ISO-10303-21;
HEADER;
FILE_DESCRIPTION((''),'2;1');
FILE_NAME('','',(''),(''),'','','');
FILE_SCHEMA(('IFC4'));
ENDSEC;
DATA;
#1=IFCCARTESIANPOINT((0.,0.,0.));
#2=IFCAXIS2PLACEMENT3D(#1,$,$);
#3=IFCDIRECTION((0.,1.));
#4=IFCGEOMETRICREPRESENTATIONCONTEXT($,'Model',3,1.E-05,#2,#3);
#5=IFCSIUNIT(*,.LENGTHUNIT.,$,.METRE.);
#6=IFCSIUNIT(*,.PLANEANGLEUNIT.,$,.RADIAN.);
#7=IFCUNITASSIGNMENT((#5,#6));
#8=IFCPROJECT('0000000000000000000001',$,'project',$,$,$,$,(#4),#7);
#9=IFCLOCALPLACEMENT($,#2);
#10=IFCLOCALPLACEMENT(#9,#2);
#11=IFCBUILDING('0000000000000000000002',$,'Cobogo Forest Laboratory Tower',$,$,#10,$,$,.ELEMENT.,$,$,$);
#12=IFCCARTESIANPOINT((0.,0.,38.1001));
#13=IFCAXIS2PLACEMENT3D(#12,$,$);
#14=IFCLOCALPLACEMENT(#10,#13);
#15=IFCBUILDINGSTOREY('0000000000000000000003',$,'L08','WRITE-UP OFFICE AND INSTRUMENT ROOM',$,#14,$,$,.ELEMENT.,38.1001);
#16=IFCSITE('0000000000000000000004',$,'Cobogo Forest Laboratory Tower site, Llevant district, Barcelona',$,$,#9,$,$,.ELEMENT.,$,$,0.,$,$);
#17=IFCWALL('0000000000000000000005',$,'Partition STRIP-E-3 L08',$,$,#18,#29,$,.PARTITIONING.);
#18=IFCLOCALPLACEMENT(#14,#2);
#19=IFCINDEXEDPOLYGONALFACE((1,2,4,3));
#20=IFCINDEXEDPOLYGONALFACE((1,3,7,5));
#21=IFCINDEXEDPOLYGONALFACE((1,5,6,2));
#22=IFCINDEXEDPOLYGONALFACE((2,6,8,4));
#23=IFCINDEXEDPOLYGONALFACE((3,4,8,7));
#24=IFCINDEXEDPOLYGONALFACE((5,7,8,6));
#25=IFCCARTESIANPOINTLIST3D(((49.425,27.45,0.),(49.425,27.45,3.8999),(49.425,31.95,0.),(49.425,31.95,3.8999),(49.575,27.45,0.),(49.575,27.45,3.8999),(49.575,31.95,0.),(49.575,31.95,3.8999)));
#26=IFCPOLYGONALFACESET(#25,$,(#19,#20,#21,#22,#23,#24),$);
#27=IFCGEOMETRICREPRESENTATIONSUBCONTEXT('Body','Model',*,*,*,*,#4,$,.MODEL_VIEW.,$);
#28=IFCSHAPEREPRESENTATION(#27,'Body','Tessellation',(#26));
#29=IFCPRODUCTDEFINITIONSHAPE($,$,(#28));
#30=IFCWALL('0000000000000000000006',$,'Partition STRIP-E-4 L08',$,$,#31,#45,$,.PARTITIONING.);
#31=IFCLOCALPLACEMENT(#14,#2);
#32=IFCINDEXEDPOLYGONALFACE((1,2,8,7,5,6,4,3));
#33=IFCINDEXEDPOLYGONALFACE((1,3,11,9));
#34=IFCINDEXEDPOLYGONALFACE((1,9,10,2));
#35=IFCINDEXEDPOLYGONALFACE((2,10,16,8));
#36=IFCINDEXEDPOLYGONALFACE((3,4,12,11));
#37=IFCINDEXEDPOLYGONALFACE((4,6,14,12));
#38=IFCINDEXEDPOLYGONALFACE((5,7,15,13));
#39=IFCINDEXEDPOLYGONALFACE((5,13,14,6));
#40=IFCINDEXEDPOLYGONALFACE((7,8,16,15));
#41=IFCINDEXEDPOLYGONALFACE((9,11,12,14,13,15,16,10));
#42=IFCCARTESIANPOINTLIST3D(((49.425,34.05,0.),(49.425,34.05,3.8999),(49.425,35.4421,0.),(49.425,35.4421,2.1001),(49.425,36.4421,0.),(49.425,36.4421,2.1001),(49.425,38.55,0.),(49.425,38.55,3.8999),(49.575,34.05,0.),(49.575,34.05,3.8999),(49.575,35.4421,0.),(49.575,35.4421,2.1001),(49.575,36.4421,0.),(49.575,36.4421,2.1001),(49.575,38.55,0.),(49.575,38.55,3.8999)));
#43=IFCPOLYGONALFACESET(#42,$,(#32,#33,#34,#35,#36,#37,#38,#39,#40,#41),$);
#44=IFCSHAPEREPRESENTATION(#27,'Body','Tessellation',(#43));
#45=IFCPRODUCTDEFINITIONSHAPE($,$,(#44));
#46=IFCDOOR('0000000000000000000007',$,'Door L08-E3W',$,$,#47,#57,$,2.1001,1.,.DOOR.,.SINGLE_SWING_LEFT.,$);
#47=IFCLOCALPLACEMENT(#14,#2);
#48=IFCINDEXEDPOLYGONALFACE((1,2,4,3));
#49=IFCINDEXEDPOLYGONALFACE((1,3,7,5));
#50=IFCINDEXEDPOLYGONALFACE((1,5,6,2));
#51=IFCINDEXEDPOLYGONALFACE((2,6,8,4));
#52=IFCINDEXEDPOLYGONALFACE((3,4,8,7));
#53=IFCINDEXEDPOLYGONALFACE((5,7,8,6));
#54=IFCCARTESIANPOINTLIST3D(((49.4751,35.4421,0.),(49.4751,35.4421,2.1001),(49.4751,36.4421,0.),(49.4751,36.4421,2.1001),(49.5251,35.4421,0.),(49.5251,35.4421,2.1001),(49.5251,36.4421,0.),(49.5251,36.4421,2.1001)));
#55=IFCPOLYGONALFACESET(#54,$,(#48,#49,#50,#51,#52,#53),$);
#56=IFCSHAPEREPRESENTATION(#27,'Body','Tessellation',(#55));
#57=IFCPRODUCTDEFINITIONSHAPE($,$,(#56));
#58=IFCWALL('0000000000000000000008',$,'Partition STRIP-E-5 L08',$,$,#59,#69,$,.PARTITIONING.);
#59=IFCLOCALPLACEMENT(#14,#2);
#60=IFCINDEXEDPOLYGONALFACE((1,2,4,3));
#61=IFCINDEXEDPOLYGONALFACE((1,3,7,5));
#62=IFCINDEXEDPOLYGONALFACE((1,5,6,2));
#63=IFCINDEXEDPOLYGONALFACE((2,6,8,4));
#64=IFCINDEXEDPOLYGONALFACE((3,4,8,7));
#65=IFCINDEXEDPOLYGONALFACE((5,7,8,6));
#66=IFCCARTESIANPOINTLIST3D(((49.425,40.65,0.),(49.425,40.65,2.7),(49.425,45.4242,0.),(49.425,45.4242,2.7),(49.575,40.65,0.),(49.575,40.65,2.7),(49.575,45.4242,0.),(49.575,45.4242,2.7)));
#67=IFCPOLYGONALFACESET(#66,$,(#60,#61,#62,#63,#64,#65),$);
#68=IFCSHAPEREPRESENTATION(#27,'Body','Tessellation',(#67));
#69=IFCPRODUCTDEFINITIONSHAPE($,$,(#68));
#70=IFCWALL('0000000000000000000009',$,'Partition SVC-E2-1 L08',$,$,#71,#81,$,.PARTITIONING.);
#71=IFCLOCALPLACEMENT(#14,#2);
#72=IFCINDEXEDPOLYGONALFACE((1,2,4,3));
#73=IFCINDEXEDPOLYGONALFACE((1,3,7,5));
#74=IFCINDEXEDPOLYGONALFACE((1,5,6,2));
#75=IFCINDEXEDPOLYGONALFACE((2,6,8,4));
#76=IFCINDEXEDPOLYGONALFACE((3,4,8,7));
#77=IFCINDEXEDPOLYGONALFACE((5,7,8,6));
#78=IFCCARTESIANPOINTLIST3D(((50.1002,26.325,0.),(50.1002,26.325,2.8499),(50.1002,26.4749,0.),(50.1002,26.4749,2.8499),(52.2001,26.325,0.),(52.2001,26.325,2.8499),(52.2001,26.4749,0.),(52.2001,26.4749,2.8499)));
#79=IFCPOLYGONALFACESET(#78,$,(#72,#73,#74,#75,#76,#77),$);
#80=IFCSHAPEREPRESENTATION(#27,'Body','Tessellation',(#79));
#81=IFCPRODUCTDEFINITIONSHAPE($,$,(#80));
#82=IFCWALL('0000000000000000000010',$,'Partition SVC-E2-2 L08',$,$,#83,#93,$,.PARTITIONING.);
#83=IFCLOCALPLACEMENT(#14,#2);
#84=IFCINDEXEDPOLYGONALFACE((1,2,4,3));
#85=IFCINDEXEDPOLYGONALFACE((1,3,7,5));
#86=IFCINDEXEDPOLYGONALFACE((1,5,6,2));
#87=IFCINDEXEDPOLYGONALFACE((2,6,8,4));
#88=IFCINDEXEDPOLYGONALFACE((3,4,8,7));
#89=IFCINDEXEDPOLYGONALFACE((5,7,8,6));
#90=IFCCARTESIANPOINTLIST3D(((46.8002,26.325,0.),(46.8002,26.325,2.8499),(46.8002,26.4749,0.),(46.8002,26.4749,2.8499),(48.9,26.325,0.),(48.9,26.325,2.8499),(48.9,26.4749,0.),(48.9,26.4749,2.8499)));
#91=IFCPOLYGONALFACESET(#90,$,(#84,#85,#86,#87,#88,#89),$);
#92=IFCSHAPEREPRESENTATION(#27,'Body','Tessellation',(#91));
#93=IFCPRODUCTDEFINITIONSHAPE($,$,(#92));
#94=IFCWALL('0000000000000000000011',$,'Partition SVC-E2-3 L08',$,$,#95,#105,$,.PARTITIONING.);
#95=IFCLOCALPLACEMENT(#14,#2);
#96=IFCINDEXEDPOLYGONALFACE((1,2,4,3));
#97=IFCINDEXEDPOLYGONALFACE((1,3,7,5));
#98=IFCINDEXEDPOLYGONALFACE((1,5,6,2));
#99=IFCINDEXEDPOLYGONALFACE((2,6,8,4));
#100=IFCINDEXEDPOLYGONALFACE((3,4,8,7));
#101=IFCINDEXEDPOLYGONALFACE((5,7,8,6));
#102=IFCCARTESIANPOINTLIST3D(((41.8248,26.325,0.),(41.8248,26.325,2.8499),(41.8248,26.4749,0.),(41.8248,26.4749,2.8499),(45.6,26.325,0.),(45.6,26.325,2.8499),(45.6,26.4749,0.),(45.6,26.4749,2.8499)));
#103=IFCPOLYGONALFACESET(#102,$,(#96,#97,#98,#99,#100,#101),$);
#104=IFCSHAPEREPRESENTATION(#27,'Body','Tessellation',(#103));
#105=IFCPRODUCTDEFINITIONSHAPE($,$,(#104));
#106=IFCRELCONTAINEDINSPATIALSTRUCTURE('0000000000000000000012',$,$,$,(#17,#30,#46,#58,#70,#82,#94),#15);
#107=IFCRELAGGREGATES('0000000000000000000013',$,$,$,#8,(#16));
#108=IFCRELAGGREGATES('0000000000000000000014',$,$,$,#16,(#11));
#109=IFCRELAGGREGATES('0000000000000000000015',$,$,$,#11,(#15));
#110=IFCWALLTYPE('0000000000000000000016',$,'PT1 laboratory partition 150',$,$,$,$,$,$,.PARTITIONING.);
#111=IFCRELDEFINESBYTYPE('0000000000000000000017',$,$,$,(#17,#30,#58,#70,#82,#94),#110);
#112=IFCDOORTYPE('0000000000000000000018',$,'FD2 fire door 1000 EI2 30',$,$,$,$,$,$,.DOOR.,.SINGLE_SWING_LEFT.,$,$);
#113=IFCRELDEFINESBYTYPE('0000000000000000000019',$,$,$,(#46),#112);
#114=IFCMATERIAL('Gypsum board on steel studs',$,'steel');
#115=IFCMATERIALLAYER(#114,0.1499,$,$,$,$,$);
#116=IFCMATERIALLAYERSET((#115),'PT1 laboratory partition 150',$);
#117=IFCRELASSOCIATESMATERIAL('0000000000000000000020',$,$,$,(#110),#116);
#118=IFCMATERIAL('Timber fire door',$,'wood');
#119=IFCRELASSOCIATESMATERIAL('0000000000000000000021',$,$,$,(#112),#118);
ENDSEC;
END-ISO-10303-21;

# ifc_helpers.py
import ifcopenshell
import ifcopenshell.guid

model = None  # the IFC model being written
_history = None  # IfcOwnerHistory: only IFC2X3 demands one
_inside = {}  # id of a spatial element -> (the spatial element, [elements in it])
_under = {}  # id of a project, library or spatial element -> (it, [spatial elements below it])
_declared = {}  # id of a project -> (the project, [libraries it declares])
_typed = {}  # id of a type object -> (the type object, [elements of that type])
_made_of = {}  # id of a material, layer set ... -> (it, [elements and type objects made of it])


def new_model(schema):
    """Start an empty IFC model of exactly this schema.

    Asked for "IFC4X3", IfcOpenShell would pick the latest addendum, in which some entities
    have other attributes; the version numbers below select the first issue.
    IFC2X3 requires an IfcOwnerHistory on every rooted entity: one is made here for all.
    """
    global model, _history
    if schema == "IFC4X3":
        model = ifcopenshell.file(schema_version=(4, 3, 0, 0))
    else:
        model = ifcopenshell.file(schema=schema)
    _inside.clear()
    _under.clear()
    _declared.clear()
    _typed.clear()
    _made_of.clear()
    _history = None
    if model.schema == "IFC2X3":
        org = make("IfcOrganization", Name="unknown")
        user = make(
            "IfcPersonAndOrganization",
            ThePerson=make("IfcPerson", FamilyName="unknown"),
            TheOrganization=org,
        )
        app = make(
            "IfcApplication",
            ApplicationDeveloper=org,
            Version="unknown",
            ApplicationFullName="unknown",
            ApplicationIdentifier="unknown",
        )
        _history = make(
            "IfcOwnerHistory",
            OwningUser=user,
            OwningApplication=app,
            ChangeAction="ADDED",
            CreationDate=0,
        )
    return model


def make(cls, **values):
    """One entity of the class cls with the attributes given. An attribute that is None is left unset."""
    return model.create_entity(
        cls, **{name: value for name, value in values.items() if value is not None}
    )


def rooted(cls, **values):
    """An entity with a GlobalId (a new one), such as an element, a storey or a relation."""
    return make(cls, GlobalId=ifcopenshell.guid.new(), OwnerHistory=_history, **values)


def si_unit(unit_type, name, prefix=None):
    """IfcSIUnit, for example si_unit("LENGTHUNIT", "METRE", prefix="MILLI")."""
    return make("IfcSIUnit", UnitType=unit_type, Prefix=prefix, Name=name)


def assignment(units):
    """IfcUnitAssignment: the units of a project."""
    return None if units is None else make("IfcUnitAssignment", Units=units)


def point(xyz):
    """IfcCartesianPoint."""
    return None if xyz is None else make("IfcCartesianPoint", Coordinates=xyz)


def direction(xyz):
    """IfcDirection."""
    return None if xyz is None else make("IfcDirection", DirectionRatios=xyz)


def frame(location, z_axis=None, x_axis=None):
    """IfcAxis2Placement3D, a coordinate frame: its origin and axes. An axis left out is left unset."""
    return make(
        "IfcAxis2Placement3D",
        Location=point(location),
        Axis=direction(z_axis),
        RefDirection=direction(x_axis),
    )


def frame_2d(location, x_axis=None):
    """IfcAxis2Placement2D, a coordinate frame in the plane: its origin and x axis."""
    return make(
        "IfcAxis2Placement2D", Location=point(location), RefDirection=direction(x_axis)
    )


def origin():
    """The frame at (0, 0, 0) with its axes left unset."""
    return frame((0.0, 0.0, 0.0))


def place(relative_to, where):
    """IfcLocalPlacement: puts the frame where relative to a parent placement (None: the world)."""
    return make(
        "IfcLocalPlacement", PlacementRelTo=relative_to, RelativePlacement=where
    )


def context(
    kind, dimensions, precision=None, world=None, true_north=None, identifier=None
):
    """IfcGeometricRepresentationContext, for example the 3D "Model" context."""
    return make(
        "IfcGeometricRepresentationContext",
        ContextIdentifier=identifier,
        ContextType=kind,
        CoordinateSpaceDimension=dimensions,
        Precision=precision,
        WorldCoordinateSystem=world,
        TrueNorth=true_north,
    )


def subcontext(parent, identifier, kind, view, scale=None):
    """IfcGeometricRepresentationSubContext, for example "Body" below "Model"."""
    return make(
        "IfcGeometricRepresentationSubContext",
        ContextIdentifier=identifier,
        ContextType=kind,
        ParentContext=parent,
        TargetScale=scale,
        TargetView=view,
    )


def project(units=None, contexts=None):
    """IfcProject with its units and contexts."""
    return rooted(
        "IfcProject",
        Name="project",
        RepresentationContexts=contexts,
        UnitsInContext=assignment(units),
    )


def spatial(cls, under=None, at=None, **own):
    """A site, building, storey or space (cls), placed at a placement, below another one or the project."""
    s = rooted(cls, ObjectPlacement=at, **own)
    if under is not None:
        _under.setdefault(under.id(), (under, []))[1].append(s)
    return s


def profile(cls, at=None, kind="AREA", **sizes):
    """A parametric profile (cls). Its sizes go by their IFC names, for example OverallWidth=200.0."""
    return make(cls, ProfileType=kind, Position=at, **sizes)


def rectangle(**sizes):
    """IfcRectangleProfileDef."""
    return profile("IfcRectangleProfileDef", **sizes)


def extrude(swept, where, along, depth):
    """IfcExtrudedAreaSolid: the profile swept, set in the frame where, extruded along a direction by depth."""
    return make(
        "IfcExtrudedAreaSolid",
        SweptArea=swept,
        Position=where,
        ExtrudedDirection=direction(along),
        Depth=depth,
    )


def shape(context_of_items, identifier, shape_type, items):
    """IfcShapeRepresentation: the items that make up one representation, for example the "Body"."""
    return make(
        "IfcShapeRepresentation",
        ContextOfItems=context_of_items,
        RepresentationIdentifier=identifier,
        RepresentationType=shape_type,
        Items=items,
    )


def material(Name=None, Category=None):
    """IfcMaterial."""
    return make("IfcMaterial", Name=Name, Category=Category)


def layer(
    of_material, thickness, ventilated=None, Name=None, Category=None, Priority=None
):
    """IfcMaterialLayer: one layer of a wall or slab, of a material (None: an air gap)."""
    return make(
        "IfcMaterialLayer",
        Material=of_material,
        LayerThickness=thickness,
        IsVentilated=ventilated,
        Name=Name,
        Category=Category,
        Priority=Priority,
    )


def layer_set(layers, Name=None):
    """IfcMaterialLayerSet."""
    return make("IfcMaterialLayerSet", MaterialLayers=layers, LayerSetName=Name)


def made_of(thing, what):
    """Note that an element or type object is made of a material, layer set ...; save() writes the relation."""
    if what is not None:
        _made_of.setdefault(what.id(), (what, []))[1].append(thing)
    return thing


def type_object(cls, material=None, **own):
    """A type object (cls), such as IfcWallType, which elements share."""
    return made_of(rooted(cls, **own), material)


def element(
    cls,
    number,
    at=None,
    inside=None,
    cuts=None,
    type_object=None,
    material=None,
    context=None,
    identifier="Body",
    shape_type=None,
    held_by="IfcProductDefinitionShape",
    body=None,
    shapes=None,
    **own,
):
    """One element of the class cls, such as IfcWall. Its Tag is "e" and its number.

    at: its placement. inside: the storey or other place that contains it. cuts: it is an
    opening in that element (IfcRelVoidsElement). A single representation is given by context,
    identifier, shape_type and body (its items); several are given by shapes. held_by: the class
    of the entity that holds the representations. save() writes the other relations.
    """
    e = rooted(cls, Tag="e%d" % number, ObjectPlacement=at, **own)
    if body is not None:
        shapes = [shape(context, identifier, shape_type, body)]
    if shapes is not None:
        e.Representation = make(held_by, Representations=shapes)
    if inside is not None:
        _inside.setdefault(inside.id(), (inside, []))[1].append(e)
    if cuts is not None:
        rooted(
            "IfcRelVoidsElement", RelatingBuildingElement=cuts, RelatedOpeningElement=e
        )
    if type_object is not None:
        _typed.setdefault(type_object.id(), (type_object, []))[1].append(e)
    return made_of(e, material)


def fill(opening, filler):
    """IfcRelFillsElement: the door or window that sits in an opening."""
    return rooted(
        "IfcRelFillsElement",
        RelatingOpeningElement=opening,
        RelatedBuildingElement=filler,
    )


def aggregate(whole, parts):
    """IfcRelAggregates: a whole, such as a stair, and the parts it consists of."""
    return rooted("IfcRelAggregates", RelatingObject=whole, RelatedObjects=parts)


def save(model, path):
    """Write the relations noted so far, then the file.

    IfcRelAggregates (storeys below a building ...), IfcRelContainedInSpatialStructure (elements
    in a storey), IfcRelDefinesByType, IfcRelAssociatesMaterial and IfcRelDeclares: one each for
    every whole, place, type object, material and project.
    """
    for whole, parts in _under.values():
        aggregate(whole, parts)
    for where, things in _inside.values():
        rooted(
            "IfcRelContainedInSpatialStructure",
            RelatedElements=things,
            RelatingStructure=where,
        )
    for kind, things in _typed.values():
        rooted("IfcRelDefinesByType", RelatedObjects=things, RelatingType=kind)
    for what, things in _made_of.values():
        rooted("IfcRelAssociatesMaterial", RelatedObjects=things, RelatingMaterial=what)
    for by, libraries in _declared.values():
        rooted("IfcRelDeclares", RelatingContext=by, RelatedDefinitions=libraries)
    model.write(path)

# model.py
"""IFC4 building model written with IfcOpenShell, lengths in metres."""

from ifc_helpers import new_model, si_unit, direction, frame, frame_2d, origin, place, context, subcontext, project, spatial, rectangle, extrude, material, layer, layer_set, type_object, element, fill, save


model = new_model("IFC4")

# Units and contexts
model_context = context("Model", 3, precision=1e-05, world=origin(), true_north=direction((0.0, 1.0)))
body_context = subcontext(model_context, "Body", "Model", "MODEL_VIEW")
ifc_project = project(units=[si_unit("LENGTHUNIT", "METRE"), si_unit("PLANEANGLEUNIT", "RADIAN")], contexts=[model_context])

# Site, building, storey
site_placement = place(None, origin())
site = spatial("IfcSite", under=ifc_project, at=site_placement, Name="Cobogo Forest Laboratory Tower site, Llevant district, Barcelona", CompositionType="ELEMENT", RefElevation=0.0)
building_placement = place(site_placement, origin())
building = spatial("IfcBuilding", under=site, at=building_placement, Name="Cobogo Forest Laboratory Tower", CompositionType="ELEMENT")
storey_placement = place(building_placement, frame((0.0, 0.0, 38.1001)))
storey = spatial("IfcBuildingStorey", under=building, at=storey_placement, Name="L08", Description="WRITE-UP OFFICE AND INSTRUMENT ROOM", CompositionType="ELEMENT", Elevation=38.1001)

# Wall
ifc_material_1 = material(Name="Gypsum board on steel studs", Category="steel")
ifc_layer_1 = layer(ifc_material_1, 0.1499)
ifc_layer_set_1 = layer_set([ifc_layer_1], Name="PT1 laboratory partition 150")
wall_type = type_object("IfcWallType", Name="PT1 laboratory partition 150", PredefinedType="PARTITIONING", material=ifc_layer_set_1)
wall_1_placement = place(storey_placement, frame((49.5, 27.45, 0.0), z_axis=(0.0, 0.0, 1.0), x_axis=(0.0, 1.0, 0.0)))
element("IfcWall", 1, at=wall_1_placement, inside=storey, type_object=wall_type, Name="Partition STRIP-E-3 L08", PredefinedType="PARTITIONING", context=body_context, shape_type="SweptSolid", body=[
    extrude(rectangle(XDim=4.5, YDim=0.1499, at=frame_2d((2.25, 0.0))), origin(), (0.0, 0.0, 1.0), 3.8999),
])

# Wall, opening, door
wall_2_placement = place(storey_placement, frame((49.5, 34.05, 0.0), z_axis=(0.0, 0.0, 1.0), x_axis=(0.0, 1.0, 0.0)))
wall_2 = element("IfcWall", 2, at=wall_2_placement, inside=storey, type_object=wall_type, Name="Partition STRIP-E-4 L08", PredefinedType="PARTITIONING", context=body_context, shape_type="SweptSolid", body=[
    extrude(rectangle(XDim=4.5, YDim=0.1499, at=frame_2d((2.25, 0.0))), origin(), (0.0, 0.0, 1.0), 3.8999),
])
opening_placement = place(wall_2_placement, frame((1.3921, 0.0, 0.0)))
opening = element("IfcOpeningElement", 3, at=opening_placement, cuts=wall_2, PredefinedType="OPENING", context=body_context, shape_type="SweptSolid", body=[
    extrude(rectangle(XDim=1.0, YDim=2.1001, at=frame_2d((0.5, 1.05))), frame((0.0, 0.085, 0.0), z_axis=(0.0, -1.0, 0.0), x_axis=(1.0, 0.0, 0.0)), (0.0, 0.0, 1.0), 0.1699),
])
ifc_material_2 = material(Name="Timber fire door", Category="wood")
door_type = type_object("IfcDoorType", Name="FD2 fire door 1000 EI2 30", OperationType="SINGLE_SWING_LEFT", PredefinedType="DOOR", material=ifc_material_2)
door_placement = place(opening_placement, origin())
door = element("IfcDoor", 4, at=door_placement, inside=storey, type_object=door_type, Name="Door L08-E3W", OperationType="SINGLE_SWING_LEFT", OverallHeight=2.1001, OverallWidth=1.0, PredefinedType="DOOR", context=body_context, shape_type="SweptSolid", body=[
    extrude(rectangle(XDim=1.0, YDim=2.1001, at=frame_2d((0.5, 1.05))), frame((0.0, 0.0249, 0.0), z_axis=(0.0, -1.0, 0.0), x_axis=(1.0, 0.0, 0.0)), (0.0, 0.0, 1.0), 0.05),
])
fill(opening, door)

# Walls
wall_3_placement = place(storey_placement, frame((49.5, 40.6499, 0.0), z_axis=(0.0, 0.0, 1.0), x_axis=(0.0, 1.0, 0.0)))
element("IfcWall", 5, at=wall_3_placement, inside=storey, type_object=wall_type, Name="Partition STRIP-E-5 L08", PredefinedType="PARTITIONING", context=body_context, shape_type="SweptSolid", body=[
    extrude(rectangle(XDim=4.7742, YDim=0.1499, at=frame_2d((2.3872, 0.0))), origin(), (0.0, 0.0, 1.0), 2.7),
])
for number, where, z_axis, x_axis, name in (
    (6, (52.2, 26.3999, 0.0), (0.0, 0.0, 1.0), (-1.0, 0.0, 0.0), "Partition SVC-E2-1 L08"),
    (7, (48.8999, 26.3999, 0.0), (0.0, 0.0, 1.0), (-1.0, 0.0, 0.0), "Partition SVC-E2-2 L08"),
):
    element("IfcWall", number, at=place(storey_placement, frame(where, z_axis=z_axis, x_axis=x_axis)), inside=storey, type_object=wall_type, Name=name, PredefinedType="PARTITIONING", context=body_context, shape_type="SweptSolid", body=[
        extrude(rectangle(XDim=2.0999, YDim=0.1499, at=frame_2d((1.0498, 0.0))), origin(), (0.0, 0.0, 1.0), 2.8499),
    ])
wall_4_placement = place(storey_placement, frame((45.6001, 26.3999, 0.0), z_axis=(0.0, 0.0, 1.0), x_axis=(-1.0, 0.0, 0.0)))
element("IfcWall", 8, at=wall_4_placement, inside=storey, type_object=wall_type, Name="Partition SVC-E2-3 L08", PredefinedType="PARTITIONING", context=body_context, shape_type="SweptSolid", body=[
    extrude(rectangle(XDim=3.7751, YDim=0.1499, at=frame_2d((1.8877, 0.0))), origin(), (0.0, 0.0, 1.0), 2.8499),
])

save(model, "model.ifc")
